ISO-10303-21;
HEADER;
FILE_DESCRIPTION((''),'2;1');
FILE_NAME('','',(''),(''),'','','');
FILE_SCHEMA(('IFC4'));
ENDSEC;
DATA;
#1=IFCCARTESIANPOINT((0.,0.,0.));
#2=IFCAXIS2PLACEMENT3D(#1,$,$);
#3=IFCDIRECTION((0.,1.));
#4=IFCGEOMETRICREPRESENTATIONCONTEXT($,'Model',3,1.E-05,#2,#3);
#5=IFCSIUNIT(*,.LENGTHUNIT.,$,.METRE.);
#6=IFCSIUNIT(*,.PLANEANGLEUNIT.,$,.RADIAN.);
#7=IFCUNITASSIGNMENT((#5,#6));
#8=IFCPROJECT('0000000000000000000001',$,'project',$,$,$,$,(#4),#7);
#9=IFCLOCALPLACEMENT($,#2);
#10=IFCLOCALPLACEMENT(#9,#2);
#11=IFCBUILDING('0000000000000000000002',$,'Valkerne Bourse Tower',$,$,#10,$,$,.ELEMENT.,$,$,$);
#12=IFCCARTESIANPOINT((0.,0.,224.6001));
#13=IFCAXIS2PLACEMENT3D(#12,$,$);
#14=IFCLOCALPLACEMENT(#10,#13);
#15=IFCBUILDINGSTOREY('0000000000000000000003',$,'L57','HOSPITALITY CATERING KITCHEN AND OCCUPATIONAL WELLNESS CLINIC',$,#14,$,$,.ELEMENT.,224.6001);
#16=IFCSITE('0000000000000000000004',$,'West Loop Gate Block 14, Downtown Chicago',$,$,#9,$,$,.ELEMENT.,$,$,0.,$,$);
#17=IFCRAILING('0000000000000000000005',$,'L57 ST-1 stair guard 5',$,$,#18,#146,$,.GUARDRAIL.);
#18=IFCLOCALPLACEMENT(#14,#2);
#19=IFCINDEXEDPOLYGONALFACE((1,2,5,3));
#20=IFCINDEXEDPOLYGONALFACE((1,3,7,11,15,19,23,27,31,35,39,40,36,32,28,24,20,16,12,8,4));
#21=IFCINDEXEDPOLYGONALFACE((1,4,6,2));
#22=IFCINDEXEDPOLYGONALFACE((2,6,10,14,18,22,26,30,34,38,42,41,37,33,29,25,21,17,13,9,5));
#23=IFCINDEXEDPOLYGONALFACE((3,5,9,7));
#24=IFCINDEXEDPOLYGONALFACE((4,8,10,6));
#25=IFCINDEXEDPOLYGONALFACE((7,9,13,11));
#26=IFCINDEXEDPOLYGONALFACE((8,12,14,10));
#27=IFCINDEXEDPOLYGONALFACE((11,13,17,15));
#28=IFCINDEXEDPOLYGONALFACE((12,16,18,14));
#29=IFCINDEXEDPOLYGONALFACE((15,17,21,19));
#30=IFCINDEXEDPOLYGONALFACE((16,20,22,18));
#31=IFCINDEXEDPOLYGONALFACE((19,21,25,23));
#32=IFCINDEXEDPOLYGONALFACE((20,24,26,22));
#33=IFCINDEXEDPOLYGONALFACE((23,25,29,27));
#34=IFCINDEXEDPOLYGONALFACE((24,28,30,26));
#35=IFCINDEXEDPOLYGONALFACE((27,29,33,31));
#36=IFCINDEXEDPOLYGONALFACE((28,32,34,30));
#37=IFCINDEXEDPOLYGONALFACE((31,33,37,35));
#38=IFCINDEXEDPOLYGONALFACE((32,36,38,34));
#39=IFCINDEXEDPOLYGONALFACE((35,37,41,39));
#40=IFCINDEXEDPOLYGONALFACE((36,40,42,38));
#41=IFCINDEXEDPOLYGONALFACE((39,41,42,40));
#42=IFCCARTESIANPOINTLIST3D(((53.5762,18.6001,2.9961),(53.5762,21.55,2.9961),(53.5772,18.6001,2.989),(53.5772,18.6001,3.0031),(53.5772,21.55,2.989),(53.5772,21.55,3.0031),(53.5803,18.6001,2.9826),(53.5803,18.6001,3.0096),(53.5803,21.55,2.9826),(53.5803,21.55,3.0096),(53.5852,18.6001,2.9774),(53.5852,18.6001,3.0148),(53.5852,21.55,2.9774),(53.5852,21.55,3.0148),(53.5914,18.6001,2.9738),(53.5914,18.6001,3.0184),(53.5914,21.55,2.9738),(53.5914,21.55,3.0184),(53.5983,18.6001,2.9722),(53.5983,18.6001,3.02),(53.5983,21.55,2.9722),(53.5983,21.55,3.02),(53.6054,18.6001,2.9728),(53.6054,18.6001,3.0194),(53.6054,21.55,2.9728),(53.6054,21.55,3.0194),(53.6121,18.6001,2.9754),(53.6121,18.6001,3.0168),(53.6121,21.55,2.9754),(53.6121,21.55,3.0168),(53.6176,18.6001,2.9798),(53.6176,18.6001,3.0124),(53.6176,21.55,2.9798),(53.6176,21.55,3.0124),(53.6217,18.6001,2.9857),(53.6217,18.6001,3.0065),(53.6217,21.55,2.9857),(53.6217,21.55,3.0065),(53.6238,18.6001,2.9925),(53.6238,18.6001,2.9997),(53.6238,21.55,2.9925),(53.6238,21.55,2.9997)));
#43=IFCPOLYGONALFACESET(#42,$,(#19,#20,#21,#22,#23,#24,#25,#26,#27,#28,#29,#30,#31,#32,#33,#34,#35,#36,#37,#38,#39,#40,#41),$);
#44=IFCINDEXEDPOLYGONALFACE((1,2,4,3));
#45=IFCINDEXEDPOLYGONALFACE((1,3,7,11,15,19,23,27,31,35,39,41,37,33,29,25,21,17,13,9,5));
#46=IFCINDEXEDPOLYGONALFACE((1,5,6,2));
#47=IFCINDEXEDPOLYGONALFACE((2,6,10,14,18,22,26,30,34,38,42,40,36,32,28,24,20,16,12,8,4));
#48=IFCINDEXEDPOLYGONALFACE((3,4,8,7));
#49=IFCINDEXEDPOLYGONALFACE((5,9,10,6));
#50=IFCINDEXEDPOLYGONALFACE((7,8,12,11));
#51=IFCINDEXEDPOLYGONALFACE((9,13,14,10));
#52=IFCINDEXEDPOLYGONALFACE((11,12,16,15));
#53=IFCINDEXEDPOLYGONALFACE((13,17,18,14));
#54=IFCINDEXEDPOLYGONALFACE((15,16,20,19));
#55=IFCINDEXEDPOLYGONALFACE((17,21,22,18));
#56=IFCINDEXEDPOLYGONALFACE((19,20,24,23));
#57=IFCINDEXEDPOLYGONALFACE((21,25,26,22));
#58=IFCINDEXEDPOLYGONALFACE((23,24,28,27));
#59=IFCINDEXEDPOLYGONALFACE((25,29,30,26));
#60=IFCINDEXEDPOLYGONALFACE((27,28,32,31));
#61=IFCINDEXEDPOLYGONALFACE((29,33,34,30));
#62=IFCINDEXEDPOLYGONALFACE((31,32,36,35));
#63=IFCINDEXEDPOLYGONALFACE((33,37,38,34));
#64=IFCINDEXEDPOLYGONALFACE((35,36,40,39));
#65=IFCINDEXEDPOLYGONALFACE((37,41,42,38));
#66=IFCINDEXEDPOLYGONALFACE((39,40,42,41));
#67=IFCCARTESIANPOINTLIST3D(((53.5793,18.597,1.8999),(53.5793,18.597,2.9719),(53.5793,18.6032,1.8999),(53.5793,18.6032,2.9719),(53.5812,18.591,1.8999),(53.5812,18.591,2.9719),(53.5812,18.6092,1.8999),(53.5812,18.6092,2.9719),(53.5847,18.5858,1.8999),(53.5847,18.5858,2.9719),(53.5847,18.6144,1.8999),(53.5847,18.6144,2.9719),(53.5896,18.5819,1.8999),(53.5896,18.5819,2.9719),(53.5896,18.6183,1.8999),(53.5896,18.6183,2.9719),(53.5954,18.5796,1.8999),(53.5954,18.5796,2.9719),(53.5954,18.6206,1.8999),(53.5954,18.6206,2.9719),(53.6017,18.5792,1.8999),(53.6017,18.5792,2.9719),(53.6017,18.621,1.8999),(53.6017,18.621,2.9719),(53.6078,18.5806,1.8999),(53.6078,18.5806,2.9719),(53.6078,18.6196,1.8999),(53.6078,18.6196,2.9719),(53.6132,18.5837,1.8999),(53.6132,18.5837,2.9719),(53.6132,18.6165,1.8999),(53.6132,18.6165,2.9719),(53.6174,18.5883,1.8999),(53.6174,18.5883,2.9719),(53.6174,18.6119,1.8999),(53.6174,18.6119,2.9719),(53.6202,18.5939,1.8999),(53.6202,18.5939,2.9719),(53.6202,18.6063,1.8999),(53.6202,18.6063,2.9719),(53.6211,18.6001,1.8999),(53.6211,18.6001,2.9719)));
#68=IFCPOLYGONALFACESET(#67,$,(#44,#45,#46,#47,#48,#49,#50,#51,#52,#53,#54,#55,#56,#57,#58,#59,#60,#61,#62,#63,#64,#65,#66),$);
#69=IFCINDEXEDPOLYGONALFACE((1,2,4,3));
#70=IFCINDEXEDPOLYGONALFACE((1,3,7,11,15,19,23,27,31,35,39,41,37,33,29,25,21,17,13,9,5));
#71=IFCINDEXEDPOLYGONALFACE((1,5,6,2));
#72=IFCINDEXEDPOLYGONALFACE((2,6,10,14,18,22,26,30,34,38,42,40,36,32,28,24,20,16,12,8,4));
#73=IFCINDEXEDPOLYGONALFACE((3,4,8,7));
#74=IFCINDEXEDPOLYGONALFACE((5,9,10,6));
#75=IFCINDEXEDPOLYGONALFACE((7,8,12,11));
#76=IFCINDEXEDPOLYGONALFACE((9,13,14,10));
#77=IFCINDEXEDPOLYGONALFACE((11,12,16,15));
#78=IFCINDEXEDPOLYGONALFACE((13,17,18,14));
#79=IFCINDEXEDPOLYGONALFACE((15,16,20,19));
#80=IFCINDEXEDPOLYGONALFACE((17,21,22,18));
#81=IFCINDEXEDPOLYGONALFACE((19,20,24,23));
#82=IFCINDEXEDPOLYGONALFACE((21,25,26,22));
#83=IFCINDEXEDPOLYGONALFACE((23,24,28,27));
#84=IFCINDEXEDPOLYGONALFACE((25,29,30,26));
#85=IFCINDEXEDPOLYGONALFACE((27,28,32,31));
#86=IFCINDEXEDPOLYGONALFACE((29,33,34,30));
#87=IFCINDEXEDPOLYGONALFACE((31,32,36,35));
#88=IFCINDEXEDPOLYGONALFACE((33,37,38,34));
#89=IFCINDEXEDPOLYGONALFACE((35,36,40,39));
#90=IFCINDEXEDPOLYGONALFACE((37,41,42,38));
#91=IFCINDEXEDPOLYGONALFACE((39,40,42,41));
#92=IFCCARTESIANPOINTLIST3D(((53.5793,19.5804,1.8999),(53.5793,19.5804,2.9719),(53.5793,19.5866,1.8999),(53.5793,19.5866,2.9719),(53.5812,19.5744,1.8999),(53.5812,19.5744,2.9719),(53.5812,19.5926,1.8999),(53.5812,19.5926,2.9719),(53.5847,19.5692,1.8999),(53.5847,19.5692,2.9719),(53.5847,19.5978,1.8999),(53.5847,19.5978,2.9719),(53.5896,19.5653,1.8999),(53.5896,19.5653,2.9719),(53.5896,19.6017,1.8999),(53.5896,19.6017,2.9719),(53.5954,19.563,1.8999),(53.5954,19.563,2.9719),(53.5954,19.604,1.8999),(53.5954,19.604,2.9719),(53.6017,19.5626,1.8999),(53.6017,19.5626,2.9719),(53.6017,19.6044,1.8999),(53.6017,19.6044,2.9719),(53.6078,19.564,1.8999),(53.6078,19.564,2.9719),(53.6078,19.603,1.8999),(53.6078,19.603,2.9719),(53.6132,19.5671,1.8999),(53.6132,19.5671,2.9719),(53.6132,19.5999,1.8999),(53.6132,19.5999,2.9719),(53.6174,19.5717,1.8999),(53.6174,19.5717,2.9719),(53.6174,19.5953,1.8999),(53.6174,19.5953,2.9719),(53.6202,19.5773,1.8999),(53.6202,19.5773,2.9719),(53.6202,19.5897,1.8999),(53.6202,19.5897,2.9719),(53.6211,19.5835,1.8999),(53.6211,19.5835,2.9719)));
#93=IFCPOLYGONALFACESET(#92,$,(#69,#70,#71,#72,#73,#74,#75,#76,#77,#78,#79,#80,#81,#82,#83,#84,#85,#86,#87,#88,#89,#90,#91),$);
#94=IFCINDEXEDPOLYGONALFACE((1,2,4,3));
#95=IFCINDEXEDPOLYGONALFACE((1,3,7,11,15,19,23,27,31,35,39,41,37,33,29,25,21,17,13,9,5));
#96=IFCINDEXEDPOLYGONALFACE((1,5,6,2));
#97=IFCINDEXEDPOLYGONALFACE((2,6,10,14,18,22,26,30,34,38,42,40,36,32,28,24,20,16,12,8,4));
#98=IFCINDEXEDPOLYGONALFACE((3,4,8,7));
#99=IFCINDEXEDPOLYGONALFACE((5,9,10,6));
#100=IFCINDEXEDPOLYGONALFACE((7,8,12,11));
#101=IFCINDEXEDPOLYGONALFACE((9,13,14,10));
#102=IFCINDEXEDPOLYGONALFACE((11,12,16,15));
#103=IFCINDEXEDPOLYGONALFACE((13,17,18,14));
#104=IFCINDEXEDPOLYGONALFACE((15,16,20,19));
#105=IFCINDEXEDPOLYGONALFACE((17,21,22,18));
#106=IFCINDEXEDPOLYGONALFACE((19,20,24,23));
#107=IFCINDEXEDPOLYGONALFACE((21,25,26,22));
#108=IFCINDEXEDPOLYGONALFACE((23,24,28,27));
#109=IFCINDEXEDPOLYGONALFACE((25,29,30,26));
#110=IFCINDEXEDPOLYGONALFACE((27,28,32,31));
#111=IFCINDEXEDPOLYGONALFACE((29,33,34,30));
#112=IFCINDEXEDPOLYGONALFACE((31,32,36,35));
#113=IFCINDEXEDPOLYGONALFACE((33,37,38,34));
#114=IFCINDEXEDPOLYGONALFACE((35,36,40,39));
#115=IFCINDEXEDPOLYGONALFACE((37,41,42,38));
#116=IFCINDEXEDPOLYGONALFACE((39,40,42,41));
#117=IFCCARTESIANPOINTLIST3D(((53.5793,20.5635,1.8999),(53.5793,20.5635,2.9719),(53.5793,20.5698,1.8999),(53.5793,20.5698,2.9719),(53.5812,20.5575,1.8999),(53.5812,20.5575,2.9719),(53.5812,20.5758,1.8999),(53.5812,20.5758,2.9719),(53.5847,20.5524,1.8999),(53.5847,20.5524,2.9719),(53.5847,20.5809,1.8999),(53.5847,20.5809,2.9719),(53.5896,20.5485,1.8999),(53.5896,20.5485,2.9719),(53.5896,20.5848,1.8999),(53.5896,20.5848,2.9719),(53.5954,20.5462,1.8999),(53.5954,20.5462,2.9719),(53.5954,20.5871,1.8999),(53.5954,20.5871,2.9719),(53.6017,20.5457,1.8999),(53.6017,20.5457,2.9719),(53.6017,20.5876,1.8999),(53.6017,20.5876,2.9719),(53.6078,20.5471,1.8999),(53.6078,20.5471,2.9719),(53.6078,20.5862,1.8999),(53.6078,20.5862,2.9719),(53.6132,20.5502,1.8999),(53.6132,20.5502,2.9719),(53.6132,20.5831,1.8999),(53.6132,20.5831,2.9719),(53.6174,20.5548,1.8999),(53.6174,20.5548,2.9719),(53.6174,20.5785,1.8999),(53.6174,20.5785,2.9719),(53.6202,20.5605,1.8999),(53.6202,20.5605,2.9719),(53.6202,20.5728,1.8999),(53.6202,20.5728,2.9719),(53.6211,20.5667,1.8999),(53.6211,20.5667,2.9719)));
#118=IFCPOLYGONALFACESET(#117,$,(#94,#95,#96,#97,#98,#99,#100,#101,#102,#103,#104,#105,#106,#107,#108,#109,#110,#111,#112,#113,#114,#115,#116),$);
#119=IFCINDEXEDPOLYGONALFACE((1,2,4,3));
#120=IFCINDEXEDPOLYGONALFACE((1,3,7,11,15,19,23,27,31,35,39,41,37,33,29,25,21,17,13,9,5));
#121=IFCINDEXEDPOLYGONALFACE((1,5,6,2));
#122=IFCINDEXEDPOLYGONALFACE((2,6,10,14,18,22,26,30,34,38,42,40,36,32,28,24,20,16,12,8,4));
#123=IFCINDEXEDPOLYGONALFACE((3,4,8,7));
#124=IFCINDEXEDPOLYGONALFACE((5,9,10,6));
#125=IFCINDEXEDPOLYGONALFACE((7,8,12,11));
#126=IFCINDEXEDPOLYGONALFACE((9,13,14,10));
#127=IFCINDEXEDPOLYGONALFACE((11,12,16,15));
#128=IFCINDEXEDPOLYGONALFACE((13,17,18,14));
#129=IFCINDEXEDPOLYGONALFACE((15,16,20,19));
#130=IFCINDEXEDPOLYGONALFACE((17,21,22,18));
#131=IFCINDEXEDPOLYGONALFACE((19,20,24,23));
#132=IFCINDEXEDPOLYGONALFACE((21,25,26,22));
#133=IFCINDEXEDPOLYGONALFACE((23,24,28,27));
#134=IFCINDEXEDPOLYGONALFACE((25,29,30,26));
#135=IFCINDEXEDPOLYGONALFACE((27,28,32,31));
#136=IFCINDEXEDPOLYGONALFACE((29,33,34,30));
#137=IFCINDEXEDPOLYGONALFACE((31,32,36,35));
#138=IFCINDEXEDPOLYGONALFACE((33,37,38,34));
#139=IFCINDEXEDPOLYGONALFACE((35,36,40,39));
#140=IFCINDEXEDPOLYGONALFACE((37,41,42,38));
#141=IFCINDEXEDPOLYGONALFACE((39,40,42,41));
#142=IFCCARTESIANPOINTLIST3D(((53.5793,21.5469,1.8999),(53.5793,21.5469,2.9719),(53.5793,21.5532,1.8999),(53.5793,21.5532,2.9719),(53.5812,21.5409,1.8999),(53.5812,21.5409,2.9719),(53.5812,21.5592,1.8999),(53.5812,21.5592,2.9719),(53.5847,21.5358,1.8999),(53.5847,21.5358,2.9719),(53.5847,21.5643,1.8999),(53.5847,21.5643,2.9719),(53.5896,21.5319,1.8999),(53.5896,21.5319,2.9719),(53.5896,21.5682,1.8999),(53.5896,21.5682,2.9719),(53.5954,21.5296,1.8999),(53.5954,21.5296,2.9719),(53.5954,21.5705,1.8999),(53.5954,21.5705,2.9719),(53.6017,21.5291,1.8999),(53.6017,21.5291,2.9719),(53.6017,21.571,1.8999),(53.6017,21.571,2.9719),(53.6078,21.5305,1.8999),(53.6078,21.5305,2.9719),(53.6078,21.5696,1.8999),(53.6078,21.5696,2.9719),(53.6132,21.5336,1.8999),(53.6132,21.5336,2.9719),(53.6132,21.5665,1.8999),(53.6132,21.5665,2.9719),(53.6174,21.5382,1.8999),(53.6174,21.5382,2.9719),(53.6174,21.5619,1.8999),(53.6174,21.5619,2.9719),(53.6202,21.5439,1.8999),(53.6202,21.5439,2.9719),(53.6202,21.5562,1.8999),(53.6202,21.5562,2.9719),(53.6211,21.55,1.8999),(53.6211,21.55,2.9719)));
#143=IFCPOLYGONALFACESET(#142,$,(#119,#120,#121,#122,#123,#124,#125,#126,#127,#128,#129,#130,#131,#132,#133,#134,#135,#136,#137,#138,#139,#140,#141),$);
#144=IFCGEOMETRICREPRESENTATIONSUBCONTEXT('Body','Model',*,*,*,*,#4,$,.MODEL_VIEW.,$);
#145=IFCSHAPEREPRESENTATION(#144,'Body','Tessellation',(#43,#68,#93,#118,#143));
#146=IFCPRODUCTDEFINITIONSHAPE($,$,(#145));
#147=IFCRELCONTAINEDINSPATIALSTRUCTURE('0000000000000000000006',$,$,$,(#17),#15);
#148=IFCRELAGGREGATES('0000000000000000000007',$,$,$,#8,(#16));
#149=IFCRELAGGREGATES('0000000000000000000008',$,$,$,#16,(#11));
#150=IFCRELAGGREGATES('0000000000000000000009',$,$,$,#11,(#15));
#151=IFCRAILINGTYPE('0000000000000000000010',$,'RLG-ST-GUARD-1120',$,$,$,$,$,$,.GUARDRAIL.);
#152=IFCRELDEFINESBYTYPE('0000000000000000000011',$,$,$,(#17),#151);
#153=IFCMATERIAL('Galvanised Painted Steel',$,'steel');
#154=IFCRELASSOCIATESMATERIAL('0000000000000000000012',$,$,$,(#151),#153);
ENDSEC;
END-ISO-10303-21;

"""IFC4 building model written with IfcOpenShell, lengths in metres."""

from ifc_helpers import new_model, si_unit, direction, frame, origin, origin_2d, place, context, subcontext, project, spatial, circle, extrude, material, type_object, element, save


model = new_model("IFC4")

# Units and contexts
model_context = context("Model", 3, precision=1e-05, world=origin(), true_north=direction((0.0, 1.0)))
body_context = subcontext(model_context, "Body", "Model", "MODEL_VIEW")
ifc_project = project(units=[si_unit("LENGTHUNIT", "METRE"), si_unit("PLANEANGLEUNIT", "RADIAN")], contexts=[model_context])

# Site, building, storey
site_placement = place(None, origin())
site = spatial("IfcSite", under=ifc_project, at=site_placement, Name="West Loop Gate Block 14, Downtown Chicago", CompositionType="ELEMENT", RefElevation=0.0)
building_placement = place(site_placement, origin())
building = spatial("IfcBuilding", under=site, at=building_placement, Name="Valkerne Bourse Tower", CompositionType="ELEMENT")
storey_placement = place(building_placement, frame((0.0, 0.0, 224.6001)))
storey = spatial("IfcBuildingStorey", under=building, at=storey_placement, Name="L57", Description="HOSPITALITY CATERING KITCHEN AND OCCUPATIONAL WELLNESS CLINIC", CompositionType="ELEMENT", Elevation=224.6001)

# Railing
ifc_material_1 = material(Name="Galvanised Painted Steel", Category="steel")
railing_type = type_object("IfcRailingType", Name="RLG-ST-GUARD-1120", PredefinedType="GUARDRAIL", material=ifc_material_1)
railing_1_placement = place(storey_placement, frame((53.6001, 18.6001, 1.8999)))
element("IfcRailing", 1, at=railing_1_placement, inside=storey, type_object=railing_type, Name="L57 ST-1 stair guard 5", PredefinedType="GUARDRAIL", context=body_context, shape_type="SweptSolid", body=[
    extrude(circle(Radius=0.0239, at=origin_2d()), frame((0.0, 0.0, 1.0962), z_axis=(0.0, 1.0, 0.0), x_axis=(-1.0, 0.0, 0.0)), (0.0, 0.0, 1.0), 2.95),
    extrude(circle(Radius=0.021, at=origin_2d()), origin(), (0.0, 0.0, 1.0), 1.072),
    extrude(circle(Radius=0.021, at=origin_2d()), frame((0.0, 0.9834, 0.0)), (0.0, 0.0, 1.0), 1.072),
    extrude(circle(Radius=0.021, at=origin_2d()), frame((0.0, 1.9666, 0.0)), (0.0, 0.0, 1.0), 1.072),
    extrude(circle(Radius=0.021, at=origin_2d()), frame((0.0, 2.95, 0.0)), (0.0, 0.0, 1.0), 1.072),
])

save(model, "model.ifc")
